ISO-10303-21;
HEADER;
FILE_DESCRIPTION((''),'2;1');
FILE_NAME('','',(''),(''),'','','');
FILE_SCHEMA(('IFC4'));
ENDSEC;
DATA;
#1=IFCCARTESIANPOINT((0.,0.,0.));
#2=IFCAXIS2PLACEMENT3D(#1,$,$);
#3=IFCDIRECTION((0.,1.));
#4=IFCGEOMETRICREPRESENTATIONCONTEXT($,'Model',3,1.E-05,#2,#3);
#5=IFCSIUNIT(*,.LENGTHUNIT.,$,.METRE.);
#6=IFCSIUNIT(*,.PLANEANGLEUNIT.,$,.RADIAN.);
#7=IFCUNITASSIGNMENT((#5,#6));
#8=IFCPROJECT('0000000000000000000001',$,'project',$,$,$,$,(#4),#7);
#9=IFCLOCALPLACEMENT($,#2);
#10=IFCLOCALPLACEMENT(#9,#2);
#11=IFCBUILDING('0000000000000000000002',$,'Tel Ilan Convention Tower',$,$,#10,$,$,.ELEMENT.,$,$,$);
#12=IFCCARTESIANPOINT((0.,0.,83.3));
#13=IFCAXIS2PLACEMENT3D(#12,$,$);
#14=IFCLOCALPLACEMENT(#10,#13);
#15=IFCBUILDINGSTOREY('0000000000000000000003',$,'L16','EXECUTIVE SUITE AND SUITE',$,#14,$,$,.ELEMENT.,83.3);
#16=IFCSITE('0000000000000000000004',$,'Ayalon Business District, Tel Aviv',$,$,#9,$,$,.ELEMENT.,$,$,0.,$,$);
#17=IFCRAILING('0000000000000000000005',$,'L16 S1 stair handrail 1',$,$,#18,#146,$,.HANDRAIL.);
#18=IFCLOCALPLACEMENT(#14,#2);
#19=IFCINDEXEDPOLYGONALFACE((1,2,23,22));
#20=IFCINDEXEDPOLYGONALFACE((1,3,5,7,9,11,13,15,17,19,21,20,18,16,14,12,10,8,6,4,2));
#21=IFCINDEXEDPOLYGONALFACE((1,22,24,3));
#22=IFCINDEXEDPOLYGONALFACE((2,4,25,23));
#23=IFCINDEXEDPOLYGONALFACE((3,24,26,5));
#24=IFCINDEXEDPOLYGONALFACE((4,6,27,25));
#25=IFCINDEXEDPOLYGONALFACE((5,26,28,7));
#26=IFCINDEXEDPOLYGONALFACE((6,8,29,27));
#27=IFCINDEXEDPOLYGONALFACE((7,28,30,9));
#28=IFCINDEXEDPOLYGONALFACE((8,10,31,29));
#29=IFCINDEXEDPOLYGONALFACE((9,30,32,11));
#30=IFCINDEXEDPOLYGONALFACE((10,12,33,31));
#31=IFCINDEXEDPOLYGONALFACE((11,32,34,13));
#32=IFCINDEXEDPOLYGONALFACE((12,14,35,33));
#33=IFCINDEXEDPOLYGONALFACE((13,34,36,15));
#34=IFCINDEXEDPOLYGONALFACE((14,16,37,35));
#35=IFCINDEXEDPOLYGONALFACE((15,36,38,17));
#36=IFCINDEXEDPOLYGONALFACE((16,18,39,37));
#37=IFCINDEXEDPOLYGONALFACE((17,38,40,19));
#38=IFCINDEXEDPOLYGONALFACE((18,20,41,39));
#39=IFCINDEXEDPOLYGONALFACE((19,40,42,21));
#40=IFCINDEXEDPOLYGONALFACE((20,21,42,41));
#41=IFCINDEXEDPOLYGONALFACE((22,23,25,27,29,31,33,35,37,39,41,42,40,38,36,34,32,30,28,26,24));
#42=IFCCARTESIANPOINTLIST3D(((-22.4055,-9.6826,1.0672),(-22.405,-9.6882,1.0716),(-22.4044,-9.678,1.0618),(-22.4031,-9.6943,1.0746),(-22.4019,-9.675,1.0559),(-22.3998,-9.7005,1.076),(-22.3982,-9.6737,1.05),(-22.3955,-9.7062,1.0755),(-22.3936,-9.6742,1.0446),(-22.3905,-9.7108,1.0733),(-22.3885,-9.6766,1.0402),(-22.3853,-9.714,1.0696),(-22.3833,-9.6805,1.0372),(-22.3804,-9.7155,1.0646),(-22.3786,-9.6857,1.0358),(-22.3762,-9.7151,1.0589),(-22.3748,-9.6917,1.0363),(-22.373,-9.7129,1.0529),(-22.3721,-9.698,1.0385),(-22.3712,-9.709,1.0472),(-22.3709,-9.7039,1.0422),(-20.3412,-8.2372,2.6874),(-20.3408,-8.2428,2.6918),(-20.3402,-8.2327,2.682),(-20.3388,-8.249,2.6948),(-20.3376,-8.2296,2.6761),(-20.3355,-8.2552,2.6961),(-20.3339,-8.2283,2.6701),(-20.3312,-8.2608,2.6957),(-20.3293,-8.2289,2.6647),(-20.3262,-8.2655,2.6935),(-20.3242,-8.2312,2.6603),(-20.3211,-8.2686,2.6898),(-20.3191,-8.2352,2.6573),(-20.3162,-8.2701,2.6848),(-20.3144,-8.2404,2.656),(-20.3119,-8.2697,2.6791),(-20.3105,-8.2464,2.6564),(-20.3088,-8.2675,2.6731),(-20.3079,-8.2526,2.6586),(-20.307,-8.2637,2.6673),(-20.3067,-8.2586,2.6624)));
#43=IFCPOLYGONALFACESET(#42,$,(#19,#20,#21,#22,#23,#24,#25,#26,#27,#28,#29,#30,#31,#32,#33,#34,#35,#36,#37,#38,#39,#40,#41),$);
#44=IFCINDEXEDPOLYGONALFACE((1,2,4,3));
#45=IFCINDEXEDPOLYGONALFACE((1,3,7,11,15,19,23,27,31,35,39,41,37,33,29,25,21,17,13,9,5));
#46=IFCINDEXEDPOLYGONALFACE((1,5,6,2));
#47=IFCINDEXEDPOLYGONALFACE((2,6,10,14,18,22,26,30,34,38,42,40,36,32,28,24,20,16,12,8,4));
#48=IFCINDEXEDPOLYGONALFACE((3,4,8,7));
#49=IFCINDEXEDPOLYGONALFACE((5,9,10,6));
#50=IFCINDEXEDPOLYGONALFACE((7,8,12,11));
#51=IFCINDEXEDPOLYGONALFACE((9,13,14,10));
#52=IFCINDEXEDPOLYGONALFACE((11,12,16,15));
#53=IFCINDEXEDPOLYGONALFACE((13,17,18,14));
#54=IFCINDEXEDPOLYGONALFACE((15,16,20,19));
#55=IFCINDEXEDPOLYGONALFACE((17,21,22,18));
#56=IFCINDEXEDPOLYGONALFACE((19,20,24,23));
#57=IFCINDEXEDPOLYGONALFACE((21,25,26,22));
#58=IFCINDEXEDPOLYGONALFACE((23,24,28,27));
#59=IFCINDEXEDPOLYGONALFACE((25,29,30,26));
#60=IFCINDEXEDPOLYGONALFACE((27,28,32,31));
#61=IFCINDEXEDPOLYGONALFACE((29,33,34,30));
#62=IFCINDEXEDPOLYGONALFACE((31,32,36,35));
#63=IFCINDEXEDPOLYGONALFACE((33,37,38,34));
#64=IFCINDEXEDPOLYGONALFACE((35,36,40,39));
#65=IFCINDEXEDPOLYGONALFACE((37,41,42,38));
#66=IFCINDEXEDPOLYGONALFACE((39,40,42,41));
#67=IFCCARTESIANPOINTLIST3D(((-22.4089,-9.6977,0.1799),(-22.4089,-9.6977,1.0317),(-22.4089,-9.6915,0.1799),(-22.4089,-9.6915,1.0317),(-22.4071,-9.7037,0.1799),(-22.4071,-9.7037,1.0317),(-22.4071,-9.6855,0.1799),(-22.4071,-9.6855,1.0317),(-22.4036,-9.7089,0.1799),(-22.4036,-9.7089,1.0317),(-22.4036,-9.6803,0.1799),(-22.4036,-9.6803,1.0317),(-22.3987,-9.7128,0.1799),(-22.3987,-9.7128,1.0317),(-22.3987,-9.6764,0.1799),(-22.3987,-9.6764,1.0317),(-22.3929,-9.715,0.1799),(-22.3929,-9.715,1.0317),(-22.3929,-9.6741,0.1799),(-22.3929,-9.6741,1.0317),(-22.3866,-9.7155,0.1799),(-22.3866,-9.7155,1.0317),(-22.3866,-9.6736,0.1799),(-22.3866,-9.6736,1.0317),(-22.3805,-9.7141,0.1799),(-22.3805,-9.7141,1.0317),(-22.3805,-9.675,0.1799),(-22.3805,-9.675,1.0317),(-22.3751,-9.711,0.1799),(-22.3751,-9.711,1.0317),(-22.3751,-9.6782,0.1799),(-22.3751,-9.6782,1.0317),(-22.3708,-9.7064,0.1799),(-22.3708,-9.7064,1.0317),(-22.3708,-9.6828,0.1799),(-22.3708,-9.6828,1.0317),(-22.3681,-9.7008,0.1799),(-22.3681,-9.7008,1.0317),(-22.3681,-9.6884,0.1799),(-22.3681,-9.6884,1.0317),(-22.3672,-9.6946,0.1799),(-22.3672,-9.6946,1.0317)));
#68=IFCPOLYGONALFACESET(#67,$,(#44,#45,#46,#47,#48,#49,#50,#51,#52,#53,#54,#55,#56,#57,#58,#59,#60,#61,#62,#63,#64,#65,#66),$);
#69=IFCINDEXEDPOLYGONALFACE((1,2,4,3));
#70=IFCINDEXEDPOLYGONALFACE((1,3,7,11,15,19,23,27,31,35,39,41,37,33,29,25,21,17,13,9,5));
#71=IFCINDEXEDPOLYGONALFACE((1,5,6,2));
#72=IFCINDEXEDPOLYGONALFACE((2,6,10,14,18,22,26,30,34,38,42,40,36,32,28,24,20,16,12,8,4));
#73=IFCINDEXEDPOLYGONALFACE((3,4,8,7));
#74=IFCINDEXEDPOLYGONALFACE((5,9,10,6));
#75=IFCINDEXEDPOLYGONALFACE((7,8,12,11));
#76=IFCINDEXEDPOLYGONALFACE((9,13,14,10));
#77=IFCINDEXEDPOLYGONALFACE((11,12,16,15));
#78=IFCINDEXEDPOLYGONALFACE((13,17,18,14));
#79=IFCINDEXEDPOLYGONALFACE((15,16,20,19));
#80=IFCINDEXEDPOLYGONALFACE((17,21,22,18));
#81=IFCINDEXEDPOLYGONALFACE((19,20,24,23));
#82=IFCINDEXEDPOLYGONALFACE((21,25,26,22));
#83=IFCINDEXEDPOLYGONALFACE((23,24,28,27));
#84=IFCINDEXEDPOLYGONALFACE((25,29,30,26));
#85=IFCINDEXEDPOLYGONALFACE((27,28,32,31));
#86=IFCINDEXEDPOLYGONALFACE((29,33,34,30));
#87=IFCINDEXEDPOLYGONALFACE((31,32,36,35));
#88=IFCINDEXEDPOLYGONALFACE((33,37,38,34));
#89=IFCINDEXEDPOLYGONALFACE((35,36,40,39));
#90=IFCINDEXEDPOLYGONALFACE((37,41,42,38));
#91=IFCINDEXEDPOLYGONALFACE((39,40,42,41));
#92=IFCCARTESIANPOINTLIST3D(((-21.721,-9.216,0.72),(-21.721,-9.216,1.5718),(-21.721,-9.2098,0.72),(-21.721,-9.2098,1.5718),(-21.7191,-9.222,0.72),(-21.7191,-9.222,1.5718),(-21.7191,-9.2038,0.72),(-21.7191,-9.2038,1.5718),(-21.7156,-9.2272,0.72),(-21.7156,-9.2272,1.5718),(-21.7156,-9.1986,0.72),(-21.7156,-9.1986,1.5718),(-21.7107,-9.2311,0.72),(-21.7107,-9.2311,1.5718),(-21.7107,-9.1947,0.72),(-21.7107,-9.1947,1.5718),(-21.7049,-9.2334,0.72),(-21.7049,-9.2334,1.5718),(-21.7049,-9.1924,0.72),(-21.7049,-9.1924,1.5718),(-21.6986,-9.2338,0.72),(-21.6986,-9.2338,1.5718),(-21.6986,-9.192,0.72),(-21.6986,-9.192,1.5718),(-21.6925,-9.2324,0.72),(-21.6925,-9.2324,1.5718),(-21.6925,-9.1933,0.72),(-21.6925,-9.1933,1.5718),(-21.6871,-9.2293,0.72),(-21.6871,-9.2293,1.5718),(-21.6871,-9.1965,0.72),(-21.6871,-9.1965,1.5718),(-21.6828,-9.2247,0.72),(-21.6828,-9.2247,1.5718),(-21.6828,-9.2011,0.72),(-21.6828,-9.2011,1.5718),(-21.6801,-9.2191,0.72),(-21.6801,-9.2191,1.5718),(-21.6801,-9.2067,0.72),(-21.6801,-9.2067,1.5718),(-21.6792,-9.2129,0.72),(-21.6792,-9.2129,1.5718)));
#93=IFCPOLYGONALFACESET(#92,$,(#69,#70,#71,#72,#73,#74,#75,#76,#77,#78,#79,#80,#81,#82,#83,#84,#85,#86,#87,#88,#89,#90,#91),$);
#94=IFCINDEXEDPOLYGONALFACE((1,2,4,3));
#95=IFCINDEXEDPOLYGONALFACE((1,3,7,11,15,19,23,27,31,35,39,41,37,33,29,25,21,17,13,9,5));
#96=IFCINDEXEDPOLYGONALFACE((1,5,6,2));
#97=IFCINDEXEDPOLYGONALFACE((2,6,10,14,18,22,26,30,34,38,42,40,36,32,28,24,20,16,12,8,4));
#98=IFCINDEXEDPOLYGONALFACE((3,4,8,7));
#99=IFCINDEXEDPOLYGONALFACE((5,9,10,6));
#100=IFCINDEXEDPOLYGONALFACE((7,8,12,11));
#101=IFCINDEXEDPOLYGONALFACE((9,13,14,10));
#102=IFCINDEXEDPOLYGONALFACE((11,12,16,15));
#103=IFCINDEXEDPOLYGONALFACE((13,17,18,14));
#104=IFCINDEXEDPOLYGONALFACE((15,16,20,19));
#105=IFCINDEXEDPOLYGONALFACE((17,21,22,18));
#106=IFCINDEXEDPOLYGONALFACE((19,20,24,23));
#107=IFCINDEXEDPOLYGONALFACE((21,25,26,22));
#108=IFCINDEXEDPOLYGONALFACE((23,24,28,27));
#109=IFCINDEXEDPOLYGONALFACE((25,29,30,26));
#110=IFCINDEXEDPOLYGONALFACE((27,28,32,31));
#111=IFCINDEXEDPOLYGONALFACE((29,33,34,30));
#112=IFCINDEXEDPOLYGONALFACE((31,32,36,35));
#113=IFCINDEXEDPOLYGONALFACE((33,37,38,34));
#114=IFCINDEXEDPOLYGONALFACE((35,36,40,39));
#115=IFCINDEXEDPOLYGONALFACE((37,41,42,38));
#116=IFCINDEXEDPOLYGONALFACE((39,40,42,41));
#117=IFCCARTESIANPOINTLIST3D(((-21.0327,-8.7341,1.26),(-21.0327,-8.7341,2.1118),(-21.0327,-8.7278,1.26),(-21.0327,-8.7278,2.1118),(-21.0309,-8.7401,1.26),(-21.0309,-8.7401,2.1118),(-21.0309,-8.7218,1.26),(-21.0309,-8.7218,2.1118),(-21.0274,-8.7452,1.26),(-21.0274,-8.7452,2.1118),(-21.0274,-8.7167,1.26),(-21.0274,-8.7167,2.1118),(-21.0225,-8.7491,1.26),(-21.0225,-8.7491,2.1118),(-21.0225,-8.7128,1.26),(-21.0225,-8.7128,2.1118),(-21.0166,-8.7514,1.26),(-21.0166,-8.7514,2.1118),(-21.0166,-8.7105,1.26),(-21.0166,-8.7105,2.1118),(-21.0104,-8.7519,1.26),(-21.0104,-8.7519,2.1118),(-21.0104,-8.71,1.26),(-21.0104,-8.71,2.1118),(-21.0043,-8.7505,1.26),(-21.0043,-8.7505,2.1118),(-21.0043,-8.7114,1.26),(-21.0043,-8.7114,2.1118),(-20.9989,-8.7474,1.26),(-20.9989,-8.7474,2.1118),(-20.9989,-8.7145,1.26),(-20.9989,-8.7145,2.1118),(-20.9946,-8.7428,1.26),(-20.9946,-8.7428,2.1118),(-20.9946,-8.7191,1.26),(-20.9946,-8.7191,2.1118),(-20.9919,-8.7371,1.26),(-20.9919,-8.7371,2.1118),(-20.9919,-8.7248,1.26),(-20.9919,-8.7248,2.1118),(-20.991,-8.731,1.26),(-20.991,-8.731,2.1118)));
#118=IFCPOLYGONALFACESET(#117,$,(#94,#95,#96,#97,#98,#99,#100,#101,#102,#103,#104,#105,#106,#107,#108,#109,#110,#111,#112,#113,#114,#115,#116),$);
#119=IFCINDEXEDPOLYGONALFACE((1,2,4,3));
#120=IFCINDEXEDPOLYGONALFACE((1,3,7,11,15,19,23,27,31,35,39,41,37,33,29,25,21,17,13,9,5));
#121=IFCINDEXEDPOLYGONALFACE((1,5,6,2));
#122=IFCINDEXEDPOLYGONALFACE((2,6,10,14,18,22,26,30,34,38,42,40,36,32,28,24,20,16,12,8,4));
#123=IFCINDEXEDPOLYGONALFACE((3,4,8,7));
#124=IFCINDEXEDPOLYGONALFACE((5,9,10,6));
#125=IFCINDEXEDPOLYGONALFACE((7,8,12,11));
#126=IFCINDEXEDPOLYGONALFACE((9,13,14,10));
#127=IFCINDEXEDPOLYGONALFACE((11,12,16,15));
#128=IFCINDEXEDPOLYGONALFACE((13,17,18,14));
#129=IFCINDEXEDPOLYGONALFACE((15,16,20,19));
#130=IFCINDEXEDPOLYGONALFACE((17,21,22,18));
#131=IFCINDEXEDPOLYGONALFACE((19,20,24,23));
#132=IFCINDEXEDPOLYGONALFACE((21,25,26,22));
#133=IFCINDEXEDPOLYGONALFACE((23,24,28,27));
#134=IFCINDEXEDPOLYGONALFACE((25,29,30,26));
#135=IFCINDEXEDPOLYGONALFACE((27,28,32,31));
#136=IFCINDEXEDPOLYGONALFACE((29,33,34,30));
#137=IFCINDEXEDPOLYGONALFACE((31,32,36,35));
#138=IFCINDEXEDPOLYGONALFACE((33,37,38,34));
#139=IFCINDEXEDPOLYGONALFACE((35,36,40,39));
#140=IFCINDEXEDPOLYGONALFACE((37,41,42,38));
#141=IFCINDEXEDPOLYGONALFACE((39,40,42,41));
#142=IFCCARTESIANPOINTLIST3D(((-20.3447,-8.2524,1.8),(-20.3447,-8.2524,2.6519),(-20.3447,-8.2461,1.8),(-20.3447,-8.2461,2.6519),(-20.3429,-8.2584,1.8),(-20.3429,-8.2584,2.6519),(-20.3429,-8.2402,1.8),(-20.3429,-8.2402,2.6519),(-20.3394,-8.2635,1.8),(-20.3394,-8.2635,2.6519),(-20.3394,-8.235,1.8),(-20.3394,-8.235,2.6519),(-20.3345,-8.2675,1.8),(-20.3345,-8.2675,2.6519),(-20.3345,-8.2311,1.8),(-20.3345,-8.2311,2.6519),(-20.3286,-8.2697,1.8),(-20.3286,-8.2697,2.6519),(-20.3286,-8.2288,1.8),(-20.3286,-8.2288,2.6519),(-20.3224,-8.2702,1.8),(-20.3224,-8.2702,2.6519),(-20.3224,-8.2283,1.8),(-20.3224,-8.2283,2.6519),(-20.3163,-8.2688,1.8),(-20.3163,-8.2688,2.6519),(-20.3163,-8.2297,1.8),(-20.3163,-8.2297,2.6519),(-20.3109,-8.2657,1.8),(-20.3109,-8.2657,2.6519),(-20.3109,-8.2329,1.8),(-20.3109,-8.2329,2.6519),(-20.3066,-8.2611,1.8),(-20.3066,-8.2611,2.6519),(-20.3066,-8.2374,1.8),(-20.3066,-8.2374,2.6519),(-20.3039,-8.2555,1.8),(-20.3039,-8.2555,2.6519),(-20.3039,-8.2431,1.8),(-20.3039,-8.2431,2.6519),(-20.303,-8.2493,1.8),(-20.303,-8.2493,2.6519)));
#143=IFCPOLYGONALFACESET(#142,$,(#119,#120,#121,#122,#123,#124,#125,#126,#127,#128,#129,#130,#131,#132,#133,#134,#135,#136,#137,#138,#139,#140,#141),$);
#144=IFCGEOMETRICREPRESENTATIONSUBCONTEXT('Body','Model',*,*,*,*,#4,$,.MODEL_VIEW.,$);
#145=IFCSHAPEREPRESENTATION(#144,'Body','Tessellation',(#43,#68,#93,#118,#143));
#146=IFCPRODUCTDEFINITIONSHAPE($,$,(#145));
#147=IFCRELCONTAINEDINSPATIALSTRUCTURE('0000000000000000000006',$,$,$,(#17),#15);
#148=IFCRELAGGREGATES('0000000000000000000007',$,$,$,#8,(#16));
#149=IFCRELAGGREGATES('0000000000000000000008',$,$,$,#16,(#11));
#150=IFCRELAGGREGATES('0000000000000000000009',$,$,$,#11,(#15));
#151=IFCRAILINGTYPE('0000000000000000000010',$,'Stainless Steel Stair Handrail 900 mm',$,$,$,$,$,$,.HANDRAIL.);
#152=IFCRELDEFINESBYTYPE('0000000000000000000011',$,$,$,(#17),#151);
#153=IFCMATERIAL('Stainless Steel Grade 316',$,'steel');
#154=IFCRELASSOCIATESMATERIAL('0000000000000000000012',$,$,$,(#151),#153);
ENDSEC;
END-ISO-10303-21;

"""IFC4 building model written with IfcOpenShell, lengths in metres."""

from ifc_helpers import new_model, si_unit, direction, frame, origin, origin_2d, place, context, subcontext, project, spatial, circle, extrude, material, type_object, element, save


model = new_model("IFC4")

# Units and contexts
model_context = context("Model", 3, precision=1e-05, world=origin(), true_north=direction((0.0, 1.0)))
body_context = subcontext(model_context, "Body", "Model", "MODEL_VIEW")
ifc_project = project(units=[si_unit("LENGTHUNIT", "METRE"), si_unit("PLANEANGLEUNIT", "RADIAN")], contexts=[model_context])

# Site, building, storey
site_placement = place(None, origin())
site = spatial("IfcSite", under=ifc_project, at=site_placement, Name="Ayalon Business District, Tel Aviv", CompositionType="ELEMENT", RefElevation=0.0)
building_placement = place(site_placement, origin())
building = spatial("IfcBuilding", under=site, at=building_placement, Name="Tel Ilan Convention Tower", CompositionType="ELEMENT")
storey_placement = place(building_placement, frame((0.0, 0.0, 83.3)))
storey = spatial("IfcBuildingStorey", under=building, at=storey_placement, Name="L16", Description="EXECUTIVE SUITE AND SUITE", CompositionType="ELEMENT", Elevation=83.3)

# Railing
ifc_material_1 = material(Name="Stainless Steel Grade 316", Category="steel")
railing_type_1 = type_object("IfcRailingType", Name="Stainless Steel Stair Handrail 900 mm", PredefinedType="HANDRAIL", material=ifc_material_1)
railing_1_placement = place(storey_placement, frame((-22.3882, -9.6946, 0.1799)))
element("IfcRailing", 1, at=railing_1_placement, inside=storey, type_object=railing_type_1, Name="L16 S1 stair handrail 1", PredefinedType="HANDRAIL", context=body_context, shape_type="SweptSolid", body=[
    extrude(circle(Radius=0.0239, at=origin_2d()), frame((0.0, 0.0, 0.876), z_axis=(0.68904, 0.48245, 0.540801), x_axis=(-0.57356, 0.819164, 0.0)), (0.0, 0.0, 1.0), 2.9958),
    extrude(circle(Radius=0.021, at=origin_2d()), origin(), (0.0, 0.0, 1.0), 0.8518),
    extrude(circle(Radius=0.021, at=origin_2d()), frame((0.688, 0.4817, 0.54)), (0.0, 0.0, 1.0), 0.8518),
    extrude(circle(Radius=0.021, at=origin_2d()), frame((1.3762, 0.9636, 1.0801)), (0.0, 0.0, 1.0), 0.8518),
    extrude(circle(Radius=0.021, at=origin_2d()), frame((2.0642, 1.4453, 1.6201)), (0.0, 0.0, 1.0), 0.8518),
])

save(model, "model.ifc")
